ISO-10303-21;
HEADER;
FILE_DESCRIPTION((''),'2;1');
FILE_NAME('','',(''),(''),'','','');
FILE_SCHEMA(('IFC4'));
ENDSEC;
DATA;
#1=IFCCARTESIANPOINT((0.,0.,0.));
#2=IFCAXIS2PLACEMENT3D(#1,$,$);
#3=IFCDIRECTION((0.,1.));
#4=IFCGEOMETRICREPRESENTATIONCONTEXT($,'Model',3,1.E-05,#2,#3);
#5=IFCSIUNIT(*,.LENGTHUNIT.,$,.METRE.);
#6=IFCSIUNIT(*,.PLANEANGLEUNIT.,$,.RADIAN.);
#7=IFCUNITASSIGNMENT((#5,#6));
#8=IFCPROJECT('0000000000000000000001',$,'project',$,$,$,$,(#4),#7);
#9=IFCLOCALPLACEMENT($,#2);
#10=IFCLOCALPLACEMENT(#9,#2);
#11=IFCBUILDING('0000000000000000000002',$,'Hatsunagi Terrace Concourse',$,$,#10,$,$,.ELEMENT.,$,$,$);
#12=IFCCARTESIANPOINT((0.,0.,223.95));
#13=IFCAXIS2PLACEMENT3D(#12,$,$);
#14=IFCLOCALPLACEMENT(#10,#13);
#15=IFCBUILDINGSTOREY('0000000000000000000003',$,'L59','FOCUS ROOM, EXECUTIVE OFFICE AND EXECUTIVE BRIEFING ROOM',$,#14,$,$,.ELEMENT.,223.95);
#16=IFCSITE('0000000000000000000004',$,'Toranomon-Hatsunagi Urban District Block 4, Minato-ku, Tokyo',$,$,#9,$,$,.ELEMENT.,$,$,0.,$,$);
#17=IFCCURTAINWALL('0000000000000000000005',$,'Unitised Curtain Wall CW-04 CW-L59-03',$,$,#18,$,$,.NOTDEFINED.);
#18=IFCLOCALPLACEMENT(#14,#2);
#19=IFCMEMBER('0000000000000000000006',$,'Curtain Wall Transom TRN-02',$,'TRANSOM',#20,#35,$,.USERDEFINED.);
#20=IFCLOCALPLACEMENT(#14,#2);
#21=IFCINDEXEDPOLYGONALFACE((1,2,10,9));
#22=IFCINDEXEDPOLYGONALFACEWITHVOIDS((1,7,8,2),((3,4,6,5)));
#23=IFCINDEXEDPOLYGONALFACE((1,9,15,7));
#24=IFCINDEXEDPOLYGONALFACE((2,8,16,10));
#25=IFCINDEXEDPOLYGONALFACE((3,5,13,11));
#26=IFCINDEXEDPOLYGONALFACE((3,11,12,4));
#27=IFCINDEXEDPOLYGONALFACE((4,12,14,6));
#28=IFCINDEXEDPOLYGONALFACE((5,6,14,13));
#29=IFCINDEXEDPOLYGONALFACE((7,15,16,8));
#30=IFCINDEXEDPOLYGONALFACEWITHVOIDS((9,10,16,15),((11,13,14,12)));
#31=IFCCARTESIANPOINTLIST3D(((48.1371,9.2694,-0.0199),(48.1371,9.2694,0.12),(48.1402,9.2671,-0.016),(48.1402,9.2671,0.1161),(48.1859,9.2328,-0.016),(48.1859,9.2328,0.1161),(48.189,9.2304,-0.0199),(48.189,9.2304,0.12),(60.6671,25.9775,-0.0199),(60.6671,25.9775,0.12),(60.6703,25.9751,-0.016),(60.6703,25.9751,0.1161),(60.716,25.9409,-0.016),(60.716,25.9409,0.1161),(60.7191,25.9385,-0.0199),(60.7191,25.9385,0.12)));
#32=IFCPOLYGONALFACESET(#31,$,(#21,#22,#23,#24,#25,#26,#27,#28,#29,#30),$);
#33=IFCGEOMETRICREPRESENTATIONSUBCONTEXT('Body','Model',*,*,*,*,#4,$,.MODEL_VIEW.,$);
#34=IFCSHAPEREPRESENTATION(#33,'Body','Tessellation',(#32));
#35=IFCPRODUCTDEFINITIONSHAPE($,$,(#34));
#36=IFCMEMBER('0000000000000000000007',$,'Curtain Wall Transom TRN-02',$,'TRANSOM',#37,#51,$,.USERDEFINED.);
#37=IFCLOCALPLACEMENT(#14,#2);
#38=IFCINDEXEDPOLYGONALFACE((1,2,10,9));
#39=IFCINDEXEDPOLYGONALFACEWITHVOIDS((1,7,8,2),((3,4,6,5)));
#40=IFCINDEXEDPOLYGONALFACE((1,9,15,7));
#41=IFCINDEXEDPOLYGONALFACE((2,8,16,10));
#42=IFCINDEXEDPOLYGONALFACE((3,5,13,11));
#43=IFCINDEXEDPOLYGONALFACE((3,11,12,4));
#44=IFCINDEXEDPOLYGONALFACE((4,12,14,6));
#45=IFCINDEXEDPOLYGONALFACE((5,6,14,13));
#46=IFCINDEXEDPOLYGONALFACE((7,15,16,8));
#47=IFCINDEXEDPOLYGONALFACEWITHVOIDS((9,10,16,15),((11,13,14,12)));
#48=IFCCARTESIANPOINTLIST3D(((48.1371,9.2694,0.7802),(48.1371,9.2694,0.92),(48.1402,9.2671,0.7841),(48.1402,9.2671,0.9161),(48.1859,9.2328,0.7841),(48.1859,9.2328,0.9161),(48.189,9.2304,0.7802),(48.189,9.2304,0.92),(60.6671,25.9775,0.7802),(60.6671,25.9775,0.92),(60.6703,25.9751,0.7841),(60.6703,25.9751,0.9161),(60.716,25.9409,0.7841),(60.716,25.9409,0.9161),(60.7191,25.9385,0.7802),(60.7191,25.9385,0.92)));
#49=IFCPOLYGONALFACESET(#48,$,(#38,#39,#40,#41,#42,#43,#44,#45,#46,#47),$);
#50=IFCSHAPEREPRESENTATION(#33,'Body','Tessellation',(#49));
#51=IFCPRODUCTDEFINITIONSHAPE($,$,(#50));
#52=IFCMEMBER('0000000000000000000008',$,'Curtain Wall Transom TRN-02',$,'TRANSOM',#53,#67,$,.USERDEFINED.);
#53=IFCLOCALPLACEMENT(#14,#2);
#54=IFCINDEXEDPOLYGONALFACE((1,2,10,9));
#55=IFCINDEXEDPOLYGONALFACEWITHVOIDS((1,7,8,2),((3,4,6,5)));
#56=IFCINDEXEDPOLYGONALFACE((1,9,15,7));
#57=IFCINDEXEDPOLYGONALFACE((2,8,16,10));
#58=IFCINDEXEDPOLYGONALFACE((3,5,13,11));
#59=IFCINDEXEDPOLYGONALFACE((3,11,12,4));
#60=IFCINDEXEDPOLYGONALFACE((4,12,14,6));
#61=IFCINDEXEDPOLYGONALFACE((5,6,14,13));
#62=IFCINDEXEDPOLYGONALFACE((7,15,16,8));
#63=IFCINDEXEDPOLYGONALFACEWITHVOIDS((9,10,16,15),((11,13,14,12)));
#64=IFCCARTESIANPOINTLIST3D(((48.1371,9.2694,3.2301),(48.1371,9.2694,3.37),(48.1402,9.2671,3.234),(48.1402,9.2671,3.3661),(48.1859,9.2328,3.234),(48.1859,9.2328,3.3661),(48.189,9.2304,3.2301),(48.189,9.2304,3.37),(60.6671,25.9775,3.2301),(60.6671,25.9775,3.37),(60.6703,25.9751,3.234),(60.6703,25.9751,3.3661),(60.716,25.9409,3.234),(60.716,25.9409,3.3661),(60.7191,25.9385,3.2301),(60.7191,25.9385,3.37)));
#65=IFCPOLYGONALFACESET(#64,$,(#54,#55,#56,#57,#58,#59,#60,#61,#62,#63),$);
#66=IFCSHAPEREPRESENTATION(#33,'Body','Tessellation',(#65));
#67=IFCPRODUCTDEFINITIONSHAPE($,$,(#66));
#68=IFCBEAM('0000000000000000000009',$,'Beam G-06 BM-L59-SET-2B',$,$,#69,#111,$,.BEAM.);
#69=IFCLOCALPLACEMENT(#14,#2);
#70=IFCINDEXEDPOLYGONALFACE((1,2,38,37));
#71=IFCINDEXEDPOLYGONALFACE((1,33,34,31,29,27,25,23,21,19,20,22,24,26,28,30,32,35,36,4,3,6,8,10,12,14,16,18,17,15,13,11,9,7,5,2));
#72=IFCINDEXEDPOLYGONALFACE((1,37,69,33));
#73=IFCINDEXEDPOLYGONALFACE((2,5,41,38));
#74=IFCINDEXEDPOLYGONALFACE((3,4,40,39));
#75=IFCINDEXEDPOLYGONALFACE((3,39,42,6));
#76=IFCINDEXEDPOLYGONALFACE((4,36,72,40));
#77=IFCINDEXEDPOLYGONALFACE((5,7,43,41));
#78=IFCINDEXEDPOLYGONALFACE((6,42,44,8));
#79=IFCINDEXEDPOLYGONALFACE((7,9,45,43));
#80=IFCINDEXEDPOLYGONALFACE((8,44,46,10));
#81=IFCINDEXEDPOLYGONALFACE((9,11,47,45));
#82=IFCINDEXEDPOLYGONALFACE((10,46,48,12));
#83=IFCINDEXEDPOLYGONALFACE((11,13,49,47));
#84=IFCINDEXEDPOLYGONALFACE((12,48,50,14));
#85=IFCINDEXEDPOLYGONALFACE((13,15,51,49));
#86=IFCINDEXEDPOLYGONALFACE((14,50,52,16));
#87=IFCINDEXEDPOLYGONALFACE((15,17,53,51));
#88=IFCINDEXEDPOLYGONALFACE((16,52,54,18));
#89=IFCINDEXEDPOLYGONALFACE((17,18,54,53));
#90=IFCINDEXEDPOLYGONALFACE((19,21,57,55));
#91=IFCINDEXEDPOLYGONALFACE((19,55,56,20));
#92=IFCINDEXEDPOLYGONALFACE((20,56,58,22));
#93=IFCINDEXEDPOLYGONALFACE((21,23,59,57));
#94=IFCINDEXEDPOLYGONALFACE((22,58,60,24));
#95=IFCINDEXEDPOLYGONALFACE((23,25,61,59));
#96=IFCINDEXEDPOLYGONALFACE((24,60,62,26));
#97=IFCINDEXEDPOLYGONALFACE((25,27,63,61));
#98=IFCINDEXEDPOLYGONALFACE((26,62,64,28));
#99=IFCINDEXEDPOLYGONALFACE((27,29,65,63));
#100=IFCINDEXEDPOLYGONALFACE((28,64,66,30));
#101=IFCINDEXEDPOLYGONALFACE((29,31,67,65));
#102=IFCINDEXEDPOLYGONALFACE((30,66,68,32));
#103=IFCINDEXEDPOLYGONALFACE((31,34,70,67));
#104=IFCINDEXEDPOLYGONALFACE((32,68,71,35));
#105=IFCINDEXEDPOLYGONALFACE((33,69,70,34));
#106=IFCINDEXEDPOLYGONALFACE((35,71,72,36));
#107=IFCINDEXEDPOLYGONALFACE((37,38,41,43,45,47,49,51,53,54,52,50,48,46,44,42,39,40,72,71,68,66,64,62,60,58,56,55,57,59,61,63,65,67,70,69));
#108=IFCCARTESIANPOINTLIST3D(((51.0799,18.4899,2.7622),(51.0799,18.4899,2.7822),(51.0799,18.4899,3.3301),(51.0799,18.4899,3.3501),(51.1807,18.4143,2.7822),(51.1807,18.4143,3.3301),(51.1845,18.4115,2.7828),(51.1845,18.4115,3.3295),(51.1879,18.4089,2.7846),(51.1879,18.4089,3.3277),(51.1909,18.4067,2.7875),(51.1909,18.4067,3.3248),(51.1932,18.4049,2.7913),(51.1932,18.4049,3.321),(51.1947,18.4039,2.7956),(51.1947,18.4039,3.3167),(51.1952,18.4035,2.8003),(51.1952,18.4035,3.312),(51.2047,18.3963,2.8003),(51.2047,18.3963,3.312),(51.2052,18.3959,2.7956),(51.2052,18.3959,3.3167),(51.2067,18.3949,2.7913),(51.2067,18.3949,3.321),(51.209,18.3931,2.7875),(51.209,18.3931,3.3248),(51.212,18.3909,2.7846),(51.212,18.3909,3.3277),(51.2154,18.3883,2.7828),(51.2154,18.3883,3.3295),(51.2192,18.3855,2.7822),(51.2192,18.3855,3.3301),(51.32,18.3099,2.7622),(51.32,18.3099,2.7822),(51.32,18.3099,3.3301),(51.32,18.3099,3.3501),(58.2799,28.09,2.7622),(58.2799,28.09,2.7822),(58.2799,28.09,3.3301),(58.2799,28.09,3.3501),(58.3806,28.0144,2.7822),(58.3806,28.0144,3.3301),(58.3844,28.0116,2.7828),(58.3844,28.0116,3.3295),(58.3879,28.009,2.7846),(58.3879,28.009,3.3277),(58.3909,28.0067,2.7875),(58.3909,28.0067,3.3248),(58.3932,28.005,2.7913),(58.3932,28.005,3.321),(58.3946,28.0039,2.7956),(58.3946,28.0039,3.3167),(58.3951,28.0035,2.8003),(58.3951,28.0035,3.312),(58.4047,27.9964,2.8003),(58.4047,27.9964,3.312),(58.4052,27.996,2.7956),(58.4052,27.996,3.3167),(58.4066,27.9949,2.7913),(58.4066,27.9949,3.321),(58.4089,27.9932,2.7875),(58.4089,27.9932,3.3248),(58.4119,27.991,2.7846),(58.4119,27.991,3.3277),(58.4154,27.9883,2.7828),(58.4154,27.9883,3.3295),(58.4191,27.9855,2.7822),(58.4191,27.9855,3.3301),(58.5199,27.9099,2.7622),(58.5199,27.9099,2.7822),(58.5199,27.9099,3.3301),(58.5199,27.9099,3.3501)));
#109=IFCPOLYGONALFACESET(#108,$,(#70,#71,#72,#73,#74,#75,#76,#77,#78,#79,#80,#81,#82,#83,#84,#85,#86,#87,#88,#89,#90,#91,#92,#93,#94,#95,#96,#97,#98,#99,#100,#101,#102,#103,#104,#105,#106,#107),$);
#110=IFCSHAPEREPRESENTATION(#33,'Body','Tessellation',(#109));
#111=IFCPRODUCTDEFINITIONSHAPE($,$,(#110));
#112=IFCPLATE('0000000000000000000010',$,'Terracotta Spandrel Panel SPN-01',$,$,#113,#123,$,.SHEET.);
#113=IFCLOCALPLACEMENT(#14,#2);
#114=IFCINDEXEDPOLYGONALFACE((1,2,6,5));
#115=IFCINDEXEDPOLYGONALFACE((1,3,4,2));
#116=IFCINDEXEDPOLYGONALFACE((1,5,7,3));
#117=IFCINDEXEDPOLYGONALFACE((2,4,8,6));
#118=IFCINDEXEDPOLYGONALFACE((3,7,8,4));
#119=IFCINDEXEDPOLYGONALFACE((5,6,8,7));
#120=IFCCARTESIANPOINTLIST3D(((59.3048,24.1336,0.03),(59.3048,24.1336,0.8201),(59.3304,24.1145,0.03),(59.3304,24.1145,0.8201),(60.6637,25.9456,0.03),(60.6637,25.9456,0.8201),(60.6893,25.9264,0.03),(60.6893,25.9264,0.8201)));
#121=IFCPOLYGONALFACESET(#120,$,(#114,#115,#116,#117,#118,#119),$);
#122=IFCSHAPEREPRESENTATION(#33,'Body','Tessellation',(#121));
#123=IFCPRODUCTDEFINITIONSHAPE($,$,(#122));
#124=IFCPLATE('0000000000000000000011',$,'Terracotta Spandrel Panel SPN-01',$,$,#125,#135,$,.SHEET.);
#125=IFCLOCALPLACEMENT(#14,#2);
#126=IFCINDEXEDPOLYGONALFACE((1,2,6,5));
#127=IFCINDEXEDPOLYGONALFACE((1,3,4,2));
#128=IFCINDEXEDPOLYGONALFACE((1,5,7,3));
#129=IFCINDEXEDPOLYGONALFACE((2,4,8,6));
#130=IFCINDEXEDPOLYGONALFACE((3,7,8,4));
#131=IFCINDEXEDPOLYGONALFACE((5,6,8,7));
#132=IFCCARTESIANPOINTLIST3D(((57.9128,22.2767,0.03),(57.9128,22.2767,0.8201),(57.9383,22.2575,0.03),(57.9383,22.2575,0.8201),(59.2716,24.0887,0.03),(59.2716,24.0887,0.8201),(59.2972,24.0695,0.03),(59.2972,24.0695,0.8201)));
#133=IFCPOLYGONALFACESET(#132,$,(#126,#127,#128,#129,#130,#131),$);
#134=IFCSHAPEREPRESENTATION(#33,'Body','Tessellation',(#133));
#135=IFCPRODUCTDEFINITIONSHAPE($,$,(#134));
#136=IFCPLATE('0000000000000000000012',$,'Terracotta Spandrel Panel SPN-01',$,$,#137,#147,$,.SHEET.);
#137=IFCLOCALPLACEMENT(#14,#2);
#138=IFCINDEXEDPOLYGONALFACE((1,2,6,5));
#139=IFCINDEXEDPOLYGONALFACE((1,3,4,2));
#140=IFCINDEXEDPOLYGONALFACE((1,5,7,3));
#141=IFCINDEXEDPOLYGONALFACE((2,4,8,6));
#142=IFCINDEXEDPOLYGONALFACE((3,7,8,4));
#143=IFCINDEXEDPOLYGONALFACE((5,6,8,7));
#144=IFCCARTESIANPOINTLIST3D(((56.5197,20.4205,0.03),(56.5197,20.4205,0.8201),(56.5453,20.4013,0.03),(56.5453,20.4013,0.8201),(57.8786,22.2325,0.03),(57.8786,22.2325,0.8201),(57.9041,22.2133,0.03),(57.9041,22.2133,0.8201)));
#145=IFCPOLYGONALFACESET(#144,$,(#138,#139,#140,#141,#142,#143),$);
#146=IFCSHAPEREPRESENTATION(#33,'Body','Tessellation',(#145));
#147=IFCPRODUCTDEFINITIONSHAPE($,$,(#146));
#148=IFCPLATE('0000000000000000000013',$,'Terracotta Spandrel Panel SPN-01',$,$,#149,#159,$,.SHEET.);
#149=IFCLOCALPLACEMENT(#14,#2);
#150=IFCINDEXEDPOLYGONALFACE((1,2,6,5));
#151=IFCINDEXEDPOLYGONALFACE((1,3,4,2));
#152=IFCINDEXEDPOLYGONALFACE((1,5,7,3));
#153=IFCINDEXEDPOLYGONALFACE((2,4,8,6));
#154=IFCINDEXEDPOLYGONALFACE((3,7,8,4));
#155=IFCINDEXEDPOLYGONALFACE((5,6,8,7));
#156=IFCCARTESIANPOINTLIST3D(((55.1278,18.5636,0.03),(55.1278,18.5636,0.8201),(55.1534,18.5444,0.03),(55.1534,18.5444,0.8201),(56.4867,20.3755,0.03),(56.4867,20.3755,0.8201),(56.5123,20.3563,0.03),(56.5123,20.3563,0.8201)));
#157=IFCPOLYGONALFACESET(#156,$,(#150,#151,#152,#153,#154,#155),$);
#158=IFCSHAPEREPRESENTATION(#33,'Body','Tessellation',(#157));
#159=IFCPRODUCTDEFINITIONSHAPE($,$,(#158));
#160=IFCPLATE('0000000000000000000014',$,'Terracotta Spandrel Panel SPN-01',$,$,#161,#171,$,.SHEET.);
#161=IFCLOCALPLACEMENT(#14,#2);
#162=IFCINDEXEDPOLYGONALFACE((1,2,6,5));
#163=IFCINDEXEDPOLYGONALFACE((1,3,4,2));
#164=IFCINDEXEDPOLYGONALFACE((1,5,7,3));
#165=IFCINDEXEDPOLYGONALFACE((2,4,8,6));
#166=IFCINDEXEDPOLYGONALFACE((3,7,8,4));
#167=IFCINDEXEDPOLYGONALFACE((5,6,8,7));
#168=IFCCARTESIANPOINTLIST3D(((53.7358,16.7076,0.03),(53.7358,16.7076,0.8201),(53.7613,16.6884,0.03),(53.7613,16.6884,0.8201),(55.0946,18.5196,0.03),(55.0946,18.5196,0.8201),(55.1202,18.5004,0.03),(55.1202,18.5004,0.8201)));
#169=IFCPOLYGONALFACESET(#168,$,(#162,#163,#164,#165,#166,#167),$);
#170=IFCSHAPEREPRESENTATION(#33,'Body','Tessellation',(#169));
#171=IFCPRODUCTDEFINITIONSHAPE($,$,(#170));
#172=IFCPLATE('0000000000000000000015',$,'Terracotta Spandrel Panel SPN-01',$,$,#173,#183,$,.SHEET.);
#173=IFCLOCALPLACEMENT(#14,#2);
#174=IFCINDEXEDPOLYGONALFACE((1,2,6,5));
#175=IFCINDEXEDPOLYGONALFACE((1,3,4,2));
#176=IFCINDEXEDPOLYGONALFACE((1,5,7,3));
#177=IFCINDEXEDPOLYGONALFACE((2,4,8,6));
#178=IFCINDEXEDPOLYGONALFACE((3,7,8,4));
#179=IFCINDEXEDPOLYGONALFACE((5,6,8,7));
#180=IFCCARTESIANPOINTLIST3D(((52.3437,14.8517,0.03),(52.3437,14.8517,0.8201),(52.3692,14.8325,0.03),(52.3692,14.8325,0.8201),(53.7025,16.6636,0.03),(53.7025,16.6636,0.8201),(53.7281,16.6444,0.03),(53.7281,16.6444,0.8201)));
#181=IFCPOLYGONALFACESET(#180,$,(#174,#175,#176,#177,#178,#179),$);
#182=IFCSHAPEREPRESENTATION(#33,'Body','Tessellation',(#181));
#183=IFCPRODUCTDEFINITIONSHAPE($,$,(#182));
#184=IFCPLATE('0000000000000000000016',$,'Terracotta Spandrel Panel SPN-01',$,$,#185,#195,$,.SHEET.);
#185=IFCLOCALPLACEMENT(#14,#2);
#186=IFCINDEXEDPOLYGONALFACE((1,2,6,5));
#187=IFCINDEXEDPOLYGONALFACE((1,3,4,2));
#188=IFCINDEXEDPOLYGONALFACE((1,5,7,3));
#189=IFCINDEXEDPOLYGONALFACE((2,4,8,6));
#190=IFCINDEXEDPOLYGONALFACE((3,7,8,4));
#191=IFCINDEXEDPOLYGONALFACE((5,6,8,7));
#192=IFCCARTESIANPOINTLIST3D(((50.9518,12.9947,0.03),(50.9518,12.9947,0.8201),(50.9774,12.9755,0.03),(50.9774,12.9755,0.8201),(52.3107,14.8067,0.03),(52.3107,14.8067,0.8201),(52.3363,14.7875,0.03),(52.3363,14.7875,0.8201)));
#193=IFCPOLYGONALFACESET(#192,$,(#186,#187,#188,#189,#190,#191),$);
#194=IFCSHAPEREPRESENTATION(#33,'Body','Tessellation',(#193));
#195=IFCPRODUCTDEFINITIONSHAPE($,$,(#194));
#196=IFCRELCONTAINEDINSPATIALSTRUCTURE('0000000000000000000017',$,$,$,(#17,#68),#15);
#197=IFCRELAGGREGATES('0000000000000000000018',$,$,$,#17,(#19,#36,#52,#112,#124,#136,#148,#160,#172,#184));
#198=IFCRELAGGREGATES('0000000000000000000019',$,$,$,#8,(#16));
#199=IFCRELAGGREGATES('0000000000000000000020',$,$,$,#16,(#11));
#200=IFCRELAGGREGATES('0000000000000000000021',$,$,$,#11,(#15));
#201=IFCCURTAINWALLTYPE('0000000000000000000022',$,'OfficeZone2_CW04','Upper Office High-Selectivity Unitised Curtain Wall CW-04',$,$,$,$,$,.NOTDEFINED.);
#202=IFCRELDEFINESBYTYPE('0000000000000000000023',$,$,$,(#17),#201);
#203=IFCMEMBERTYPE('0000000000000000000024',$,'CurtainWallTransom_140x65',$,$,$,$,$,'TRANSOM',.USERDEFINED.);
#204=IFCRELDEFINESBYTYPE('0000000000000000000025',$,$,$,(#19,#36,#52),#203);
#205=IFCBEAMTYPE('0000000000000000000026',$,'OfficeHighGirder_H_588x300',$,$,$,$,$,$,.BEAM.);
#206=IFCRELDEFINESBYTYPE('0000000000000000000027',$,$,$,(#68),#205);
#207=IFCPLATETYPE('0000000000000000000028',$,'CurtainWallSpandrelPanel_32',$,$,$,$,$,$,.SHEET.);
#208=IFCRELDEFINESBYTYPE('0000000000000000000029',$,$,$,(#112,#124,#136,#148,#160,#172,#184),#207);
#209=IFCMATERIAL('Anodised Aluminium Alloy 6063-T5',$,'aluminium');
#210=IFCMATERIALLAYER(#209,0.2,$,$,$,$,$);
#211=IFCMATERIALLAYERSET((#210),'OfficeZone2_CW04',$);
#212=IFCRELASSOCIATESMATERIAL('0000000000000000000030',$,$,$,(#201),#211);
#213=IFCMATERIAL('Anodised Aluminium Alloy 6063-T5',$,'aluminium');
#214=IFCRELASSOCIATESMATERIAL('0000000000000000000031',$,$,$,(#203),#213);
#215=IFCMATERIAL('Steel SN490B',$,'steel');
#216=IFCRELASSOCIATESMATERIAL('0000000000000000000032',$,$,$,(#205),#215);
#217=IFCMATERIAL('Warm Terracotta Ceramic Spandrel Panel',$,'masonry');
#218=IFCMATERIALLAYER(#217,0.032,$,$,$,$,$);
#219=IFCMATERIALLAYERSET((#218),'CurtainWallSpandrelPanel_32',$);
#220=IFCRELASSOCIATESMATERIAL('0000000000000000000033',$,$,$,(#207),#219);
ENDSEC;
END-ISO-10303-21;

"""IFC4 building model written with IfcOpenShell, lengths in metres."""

from ifc_helpers import new_model, si_unit, direction, frame, origin, origin_2d, place, context, subcontext, project, spatial, rectangle, hollow_rectangle, i_section, extrude, material, layer, layer_set, material_profile, profile_set, type_object, element, aggregate, save


model = new_model("IFC4")

# Units and contexts
model_context = context("Model", 3, precision=1e-05, world=origin(), true_north=direction((0.0, 1.0)))
body_context = subcontext(model_context, "Body", "Model", "MODEL_VIEW")
ifc_project = project(units=[si_unit("LENGTHUNIT", "METRE"), si_unit("PLANEANGLEUNIT", "RADIAN")], contexts=[model_context])

# Site, building, storey
site_placement = place(None, origin())
site = spatial("IfcSite", under=ifc_project, at=site_placement, Name="Toranomon-Hatsunagi Urban District Block 4, Minato-ku, Tokyo", CompositionType="ELEMENT", RefElevation=0.0)
building_placement = place(site_placement, origin())
building = spatial("IfcBuilding", under=site, at=building_placement, Name="Hatsunagi Terrace Concourse", CompositionType="ELEMENT")
storey_placement = place(building_placement, frame((0.0, 0.0, 223.95)))
storey = spatial("IfcBuildingStorey", under=building, at=storey_placement, Name="L59", Description="FOCUS ROOM, EXECUTIVE OFFICE AND EXECUTIVE BRIEFING ROOM", CompositionType="ELEMENT", Elevation=223.95)

# Curtain wall, members
ifc_material_1 = material(Name="Anodised Aluminium Alloy 6063-T5", Category="aluminium")
ifc_layer_1 = layer(ifc_material_1, 0.2)
ifc_layer_set_1 = layer_set([ifc_layer_1], Name="OfficeZone2_CW04")
curtain_wall_type = type_object("IfcCurtainWallType", Name="OfficeZone2_CW04", Description="Upper Office High-Selectivity Unitised Curtain Wall CW-04", PredefinedType="NOTDEFINED", material=ifc_layer_set_1)
curtain_wall_placement = place(storey_placement, origin())
curtain_wall = element("IfcCurtainWall", 1, at=curtain_wall_placement, inside=storey, type_object=curtain_wall_type, Name="Unitised Curtain Wall CW-04 CW-L59-03", PredefinedType="NOTDEFINED")
ifc_material_2 = material(Name="Anodised Aluminium Alloy 6063-T5", Category="aluminium")
ifc_material_profile_1 = material_profile(ifc_material_2, hollow_rectangle(XDim=0.0649, YDim=0.1399, WallThickness=0.0039, at=origin_2d()), Name="ALU-TRN-140x65x4")
ifc_profile_set_1 = profile_set([ifc_material_profile_1], Name="Anodised Aluminium Alloy 6063-T5")
member_type_1 = type_object("IfcMemberType", Name="CurtainWallTransom_140x65", ElementType="TRANSOM", PredefinedType="USERDEFINED", material=ifc_profile_set_1)
member_1_placement = place(storey_placement, frame((60.6931, 25.958, 0.05), z_axis=(-0.59997, -0.800022, 0.0), x_axis=(0.800022, -0.59997, 0.0)))
member_1 = element("IfcMember", 2, at=member_1_placement, type_object=member_type_1, Name="Curtain Wall Transom TRN-02", ObjectType="TRANSOM", PredefinedType="USERDEFINED", context=body_context, shape_type="SweptSolid", body=[
    extrude(hollow_rectangle(XDim=0.0649, YDim=0.1399, WallThickness=0.0039, at=origin_2d()), origin(), (0.0, 0.0, 1.0), 20.8845),
])
member_2_placement = place(storey_placement, frame((60.6931, 25.958, 0.8501), z_axis=(-0.59997, -0.800022, 0.0), x_axis=(0.800022, -0.59997, 0.0)))
member_2 = element("IfcMember", 3, at=member_2_placement, type_object=member_type_1, Name="Curtain Wall Transom TRN-02", ObjectType="TRANSOM", PredefinedType="USERDEFINED", context=body_context, shape_type="SweptSolid", body=[
    extrude(hollow_rectangle(XDim=0.0649, YDim=0.1399, WallThickness=0.0039, at=origin_2d()), origin(), (0.0, 0.0, 1.0), 20.8845),
])
member_3_placement = place(storey_placement, frame((60.6931, 25.958, 3.3), z_axis=(-0.59997, -0.800022, 0.0), x_axis=(0.800022, -0.59997, 0.0)))
member_3 = element("IfcMember", 4, at=member_3_placement, type_object=member_type_1, Name="Curtain Wall Transom TRN-02", ObjectType="TRANSOM", PredefinedType="USERDEFINED", context=body_context, shape_type="SweptSolid", body=[
    extrude(hollow_rectangle(XDim=0.0649, YDim=0.1399, WallThickness=0.0039, at=origin_2d()), origin(), (0.0, 0.0, 1.0), 20.8845),
])

# Beam
ifc_material_3 = material(Name="Steel SN490B", Category="steel")
ifc_material_profile_2 = material_profile(ifc_material_3, i_section(OverallWidth=0.3, OverallDepth=0.5879, WebThickness=0.012, FlangeThickness=0.02, FilletRadius=0.0181, at=origin_2d()), Name="H-588x300x12x20")
ifc_profile_set_2 = profile_set([ifc_material_profile_2], Name="Steel SN490B")
beam_type = type_object("IfcBeamType", Name="OfficeHighGirder_H_588x300", PredefinedType="BEAM", material=ifc_profile_set_2)
beam_placement = place(storey_placement, frame((51.2, 18.3999, 3.0562), z_axis=(0.599993, 0.800005, 0.0), x_axis=(-0.800005, 0.599993, 0.0)))
element("IfcBeam", 5, at=beam_placement, inside=storey, type_object=beam_type, Name="Beam G-06 BM-L59-SET-2B", PredefinedType="BEAM", context=body_context, shape_type="SweptSolid", body=[
    extrude(i_section(OverallWidth=0.3, OverallDepth=0.5879, WebThickness=0.012, FlangeThickness=0.02, FilletRadius=0.0181, at=origin_2d()), origin(), (0.0, 0.0, 1.0), 12.0),
])

# Plates
ifc_material_4 = material(Name="Warm Terracotta Ceramic Spandrel Panel", Category="masonry")
ifc_layer_2 = layer(ifc_material_4, 0.032)
ifc_layer_set_2 = layer_set([ifc_layer_2], Name="CurtainWallSpandrelPanel_32")
plate_type_1 = type_object("IfcPlateType", Name="CurtainWallSpandrelPanel_32", PredefinedType="SHEET", material=ifc_layer_set_2)
plate_1_placement = place(storey_placement, frame((59.9971, 25.03, 0.03), z_axis=(0.0, 0.0, 1.0), x_axis=(-0.599969, -0.800023, 0.0)))
plate_1 = element("IfcPlate", 6, at=plate_1_placement, type_object=plate_type_1, Name="Terracotta Spandrel Panel SPN-01", PredefinedType="SHEET", context=body_context, shape_type="SweptSolid", body=[
    extrude(rectangle(XDim=2.2649, YDim=0.032, at=origin_2d()), origin(), (0.0, 0.0, 1.0), 0.79),
])
plate_2_placement = place(storey_placement, frame((58.605, 23.1731, 0.03), z_axis=(0.0, 0.0, 1.0), x_axis=(-0.599969, -0.800023, 0.0)))
plate_2 = element("IfcPlate", 7, at=plate_2_placement, type_object=plate_type_1, Name="Terracotta Spandrel Panel SPN-01", PredefinedType="SHEET", context=body_context, shape_type="SweptSolid", body=[
    extrude(rectangle(XDim=2.2649, YDim=0.032, at=origin_2d()), origin(), (0.0, 0.0, 1.0), 0.79),
])
plate_3_placement = place(storey_placement, frame((57.2119, 21.3169, 0.03), z_axis=(0.0, 0.0, 1.0), x_axis=(-0.599969, -0.800023, 0.0)))
plate_3 = element("IfcPlate", 8, at=plate_3_placement, type_object=plate_type_1, Name="Terracotta Spandrel Panel SPN-01", PredefinedType="SHEET", context=body_context, shape_type="SweptSolid", body=[
    extrude(rectangle(XDim=2.2649, YDim=0.032, at=origin_2d()), origin(), (0.0, 0.0, 1.0), 0.79),
])
plate_4_placement = place(storey_placement, frame((55.8201, 19.46, 0.03), z_axis=(0.0, 0.0, 1.0), x_axis=(-0.599969, -0.800023, 0.0)))
plate_4 = element("IfcPlate", 9, at=plate_4_placement, type_object=plate_type_1, Name="Terracotta Spandrel Panel SPN-01", PredefinedType="SHEET", context=body_context, shape_type="SweptSolid", body=[
    extrude(rectangle(XDim=2.2649, YDim=0.032, at=origin_2d()), origin(), (0.0, 0.0, 1.0), 0.79),
])
plate_5_placement = place(storey_placement, frame((54.428, 17.604, 0.03), z_axis=(0.0, 0.0, 1.0), x_axis=(-0.599969, -0.800023, 0.0)))
plate_5 = element("IfcPlate", 10, at=plate_5_placement, type_object=plate_type_1, Name="Terracotta Spandrel Panel SPN-01", PredefinedType="SHEET", context=body_context, shape_type="SweptSolid", body=[
    extrude(rectangle(XDim=2.2649, YDim=0.032, at=origin_2d()), origin(), (0.0, 0.0, 1.0), 0.79),
])
plate_6_placement = place(storey_placement, frame((53.0359, 15.748, 0.03), z_axis=(0.0, 0.0, 1.0), x_axis=(-0.599969, -0.800023, 0.0)))
plate_6 = element("IfcPlate", 11, at=plate_6_placement, type_object=plate_type_1, Name="Terracotta Spandrel Panel SPN-01", PredefinedType="SHEET", context=body_context, shape_type="SweptSolid", body=[
    extrude(rectangle(XDim=2.2649, YDim=0.032, at=origin_2d()), origin(), (0.0, 0.0, 1.0), 0.79),
])
plate_7_placement = place(storey_placement, frame((51.644, 13.8911, 0.03), z_axis=(0.0, 0.0, 1.0), x_axis=(-0.599969, -0.800023, 0.0)))
plate_7 = element("IfcPlate", 12, at=plate_7_placement, type_object=plate_type_1, Name="Terracotta Spandrel Panel SPN-01", PredefinedType="SHEET", context=body_context, shape_type="SweptSolid", body=[
    extrude(rectangle(XDim=2.2649, YDim=0.032, at=origin_2d()), origin(), (0.0, 0.0, 1.0), 0.79),
])
aggregate(curtain_wall, [member_1, member_2, member_3, plate_1, plate_2, plate_3, plate_4, plate_5, plate_6, plate_7])

save(model, "model.ifc")
